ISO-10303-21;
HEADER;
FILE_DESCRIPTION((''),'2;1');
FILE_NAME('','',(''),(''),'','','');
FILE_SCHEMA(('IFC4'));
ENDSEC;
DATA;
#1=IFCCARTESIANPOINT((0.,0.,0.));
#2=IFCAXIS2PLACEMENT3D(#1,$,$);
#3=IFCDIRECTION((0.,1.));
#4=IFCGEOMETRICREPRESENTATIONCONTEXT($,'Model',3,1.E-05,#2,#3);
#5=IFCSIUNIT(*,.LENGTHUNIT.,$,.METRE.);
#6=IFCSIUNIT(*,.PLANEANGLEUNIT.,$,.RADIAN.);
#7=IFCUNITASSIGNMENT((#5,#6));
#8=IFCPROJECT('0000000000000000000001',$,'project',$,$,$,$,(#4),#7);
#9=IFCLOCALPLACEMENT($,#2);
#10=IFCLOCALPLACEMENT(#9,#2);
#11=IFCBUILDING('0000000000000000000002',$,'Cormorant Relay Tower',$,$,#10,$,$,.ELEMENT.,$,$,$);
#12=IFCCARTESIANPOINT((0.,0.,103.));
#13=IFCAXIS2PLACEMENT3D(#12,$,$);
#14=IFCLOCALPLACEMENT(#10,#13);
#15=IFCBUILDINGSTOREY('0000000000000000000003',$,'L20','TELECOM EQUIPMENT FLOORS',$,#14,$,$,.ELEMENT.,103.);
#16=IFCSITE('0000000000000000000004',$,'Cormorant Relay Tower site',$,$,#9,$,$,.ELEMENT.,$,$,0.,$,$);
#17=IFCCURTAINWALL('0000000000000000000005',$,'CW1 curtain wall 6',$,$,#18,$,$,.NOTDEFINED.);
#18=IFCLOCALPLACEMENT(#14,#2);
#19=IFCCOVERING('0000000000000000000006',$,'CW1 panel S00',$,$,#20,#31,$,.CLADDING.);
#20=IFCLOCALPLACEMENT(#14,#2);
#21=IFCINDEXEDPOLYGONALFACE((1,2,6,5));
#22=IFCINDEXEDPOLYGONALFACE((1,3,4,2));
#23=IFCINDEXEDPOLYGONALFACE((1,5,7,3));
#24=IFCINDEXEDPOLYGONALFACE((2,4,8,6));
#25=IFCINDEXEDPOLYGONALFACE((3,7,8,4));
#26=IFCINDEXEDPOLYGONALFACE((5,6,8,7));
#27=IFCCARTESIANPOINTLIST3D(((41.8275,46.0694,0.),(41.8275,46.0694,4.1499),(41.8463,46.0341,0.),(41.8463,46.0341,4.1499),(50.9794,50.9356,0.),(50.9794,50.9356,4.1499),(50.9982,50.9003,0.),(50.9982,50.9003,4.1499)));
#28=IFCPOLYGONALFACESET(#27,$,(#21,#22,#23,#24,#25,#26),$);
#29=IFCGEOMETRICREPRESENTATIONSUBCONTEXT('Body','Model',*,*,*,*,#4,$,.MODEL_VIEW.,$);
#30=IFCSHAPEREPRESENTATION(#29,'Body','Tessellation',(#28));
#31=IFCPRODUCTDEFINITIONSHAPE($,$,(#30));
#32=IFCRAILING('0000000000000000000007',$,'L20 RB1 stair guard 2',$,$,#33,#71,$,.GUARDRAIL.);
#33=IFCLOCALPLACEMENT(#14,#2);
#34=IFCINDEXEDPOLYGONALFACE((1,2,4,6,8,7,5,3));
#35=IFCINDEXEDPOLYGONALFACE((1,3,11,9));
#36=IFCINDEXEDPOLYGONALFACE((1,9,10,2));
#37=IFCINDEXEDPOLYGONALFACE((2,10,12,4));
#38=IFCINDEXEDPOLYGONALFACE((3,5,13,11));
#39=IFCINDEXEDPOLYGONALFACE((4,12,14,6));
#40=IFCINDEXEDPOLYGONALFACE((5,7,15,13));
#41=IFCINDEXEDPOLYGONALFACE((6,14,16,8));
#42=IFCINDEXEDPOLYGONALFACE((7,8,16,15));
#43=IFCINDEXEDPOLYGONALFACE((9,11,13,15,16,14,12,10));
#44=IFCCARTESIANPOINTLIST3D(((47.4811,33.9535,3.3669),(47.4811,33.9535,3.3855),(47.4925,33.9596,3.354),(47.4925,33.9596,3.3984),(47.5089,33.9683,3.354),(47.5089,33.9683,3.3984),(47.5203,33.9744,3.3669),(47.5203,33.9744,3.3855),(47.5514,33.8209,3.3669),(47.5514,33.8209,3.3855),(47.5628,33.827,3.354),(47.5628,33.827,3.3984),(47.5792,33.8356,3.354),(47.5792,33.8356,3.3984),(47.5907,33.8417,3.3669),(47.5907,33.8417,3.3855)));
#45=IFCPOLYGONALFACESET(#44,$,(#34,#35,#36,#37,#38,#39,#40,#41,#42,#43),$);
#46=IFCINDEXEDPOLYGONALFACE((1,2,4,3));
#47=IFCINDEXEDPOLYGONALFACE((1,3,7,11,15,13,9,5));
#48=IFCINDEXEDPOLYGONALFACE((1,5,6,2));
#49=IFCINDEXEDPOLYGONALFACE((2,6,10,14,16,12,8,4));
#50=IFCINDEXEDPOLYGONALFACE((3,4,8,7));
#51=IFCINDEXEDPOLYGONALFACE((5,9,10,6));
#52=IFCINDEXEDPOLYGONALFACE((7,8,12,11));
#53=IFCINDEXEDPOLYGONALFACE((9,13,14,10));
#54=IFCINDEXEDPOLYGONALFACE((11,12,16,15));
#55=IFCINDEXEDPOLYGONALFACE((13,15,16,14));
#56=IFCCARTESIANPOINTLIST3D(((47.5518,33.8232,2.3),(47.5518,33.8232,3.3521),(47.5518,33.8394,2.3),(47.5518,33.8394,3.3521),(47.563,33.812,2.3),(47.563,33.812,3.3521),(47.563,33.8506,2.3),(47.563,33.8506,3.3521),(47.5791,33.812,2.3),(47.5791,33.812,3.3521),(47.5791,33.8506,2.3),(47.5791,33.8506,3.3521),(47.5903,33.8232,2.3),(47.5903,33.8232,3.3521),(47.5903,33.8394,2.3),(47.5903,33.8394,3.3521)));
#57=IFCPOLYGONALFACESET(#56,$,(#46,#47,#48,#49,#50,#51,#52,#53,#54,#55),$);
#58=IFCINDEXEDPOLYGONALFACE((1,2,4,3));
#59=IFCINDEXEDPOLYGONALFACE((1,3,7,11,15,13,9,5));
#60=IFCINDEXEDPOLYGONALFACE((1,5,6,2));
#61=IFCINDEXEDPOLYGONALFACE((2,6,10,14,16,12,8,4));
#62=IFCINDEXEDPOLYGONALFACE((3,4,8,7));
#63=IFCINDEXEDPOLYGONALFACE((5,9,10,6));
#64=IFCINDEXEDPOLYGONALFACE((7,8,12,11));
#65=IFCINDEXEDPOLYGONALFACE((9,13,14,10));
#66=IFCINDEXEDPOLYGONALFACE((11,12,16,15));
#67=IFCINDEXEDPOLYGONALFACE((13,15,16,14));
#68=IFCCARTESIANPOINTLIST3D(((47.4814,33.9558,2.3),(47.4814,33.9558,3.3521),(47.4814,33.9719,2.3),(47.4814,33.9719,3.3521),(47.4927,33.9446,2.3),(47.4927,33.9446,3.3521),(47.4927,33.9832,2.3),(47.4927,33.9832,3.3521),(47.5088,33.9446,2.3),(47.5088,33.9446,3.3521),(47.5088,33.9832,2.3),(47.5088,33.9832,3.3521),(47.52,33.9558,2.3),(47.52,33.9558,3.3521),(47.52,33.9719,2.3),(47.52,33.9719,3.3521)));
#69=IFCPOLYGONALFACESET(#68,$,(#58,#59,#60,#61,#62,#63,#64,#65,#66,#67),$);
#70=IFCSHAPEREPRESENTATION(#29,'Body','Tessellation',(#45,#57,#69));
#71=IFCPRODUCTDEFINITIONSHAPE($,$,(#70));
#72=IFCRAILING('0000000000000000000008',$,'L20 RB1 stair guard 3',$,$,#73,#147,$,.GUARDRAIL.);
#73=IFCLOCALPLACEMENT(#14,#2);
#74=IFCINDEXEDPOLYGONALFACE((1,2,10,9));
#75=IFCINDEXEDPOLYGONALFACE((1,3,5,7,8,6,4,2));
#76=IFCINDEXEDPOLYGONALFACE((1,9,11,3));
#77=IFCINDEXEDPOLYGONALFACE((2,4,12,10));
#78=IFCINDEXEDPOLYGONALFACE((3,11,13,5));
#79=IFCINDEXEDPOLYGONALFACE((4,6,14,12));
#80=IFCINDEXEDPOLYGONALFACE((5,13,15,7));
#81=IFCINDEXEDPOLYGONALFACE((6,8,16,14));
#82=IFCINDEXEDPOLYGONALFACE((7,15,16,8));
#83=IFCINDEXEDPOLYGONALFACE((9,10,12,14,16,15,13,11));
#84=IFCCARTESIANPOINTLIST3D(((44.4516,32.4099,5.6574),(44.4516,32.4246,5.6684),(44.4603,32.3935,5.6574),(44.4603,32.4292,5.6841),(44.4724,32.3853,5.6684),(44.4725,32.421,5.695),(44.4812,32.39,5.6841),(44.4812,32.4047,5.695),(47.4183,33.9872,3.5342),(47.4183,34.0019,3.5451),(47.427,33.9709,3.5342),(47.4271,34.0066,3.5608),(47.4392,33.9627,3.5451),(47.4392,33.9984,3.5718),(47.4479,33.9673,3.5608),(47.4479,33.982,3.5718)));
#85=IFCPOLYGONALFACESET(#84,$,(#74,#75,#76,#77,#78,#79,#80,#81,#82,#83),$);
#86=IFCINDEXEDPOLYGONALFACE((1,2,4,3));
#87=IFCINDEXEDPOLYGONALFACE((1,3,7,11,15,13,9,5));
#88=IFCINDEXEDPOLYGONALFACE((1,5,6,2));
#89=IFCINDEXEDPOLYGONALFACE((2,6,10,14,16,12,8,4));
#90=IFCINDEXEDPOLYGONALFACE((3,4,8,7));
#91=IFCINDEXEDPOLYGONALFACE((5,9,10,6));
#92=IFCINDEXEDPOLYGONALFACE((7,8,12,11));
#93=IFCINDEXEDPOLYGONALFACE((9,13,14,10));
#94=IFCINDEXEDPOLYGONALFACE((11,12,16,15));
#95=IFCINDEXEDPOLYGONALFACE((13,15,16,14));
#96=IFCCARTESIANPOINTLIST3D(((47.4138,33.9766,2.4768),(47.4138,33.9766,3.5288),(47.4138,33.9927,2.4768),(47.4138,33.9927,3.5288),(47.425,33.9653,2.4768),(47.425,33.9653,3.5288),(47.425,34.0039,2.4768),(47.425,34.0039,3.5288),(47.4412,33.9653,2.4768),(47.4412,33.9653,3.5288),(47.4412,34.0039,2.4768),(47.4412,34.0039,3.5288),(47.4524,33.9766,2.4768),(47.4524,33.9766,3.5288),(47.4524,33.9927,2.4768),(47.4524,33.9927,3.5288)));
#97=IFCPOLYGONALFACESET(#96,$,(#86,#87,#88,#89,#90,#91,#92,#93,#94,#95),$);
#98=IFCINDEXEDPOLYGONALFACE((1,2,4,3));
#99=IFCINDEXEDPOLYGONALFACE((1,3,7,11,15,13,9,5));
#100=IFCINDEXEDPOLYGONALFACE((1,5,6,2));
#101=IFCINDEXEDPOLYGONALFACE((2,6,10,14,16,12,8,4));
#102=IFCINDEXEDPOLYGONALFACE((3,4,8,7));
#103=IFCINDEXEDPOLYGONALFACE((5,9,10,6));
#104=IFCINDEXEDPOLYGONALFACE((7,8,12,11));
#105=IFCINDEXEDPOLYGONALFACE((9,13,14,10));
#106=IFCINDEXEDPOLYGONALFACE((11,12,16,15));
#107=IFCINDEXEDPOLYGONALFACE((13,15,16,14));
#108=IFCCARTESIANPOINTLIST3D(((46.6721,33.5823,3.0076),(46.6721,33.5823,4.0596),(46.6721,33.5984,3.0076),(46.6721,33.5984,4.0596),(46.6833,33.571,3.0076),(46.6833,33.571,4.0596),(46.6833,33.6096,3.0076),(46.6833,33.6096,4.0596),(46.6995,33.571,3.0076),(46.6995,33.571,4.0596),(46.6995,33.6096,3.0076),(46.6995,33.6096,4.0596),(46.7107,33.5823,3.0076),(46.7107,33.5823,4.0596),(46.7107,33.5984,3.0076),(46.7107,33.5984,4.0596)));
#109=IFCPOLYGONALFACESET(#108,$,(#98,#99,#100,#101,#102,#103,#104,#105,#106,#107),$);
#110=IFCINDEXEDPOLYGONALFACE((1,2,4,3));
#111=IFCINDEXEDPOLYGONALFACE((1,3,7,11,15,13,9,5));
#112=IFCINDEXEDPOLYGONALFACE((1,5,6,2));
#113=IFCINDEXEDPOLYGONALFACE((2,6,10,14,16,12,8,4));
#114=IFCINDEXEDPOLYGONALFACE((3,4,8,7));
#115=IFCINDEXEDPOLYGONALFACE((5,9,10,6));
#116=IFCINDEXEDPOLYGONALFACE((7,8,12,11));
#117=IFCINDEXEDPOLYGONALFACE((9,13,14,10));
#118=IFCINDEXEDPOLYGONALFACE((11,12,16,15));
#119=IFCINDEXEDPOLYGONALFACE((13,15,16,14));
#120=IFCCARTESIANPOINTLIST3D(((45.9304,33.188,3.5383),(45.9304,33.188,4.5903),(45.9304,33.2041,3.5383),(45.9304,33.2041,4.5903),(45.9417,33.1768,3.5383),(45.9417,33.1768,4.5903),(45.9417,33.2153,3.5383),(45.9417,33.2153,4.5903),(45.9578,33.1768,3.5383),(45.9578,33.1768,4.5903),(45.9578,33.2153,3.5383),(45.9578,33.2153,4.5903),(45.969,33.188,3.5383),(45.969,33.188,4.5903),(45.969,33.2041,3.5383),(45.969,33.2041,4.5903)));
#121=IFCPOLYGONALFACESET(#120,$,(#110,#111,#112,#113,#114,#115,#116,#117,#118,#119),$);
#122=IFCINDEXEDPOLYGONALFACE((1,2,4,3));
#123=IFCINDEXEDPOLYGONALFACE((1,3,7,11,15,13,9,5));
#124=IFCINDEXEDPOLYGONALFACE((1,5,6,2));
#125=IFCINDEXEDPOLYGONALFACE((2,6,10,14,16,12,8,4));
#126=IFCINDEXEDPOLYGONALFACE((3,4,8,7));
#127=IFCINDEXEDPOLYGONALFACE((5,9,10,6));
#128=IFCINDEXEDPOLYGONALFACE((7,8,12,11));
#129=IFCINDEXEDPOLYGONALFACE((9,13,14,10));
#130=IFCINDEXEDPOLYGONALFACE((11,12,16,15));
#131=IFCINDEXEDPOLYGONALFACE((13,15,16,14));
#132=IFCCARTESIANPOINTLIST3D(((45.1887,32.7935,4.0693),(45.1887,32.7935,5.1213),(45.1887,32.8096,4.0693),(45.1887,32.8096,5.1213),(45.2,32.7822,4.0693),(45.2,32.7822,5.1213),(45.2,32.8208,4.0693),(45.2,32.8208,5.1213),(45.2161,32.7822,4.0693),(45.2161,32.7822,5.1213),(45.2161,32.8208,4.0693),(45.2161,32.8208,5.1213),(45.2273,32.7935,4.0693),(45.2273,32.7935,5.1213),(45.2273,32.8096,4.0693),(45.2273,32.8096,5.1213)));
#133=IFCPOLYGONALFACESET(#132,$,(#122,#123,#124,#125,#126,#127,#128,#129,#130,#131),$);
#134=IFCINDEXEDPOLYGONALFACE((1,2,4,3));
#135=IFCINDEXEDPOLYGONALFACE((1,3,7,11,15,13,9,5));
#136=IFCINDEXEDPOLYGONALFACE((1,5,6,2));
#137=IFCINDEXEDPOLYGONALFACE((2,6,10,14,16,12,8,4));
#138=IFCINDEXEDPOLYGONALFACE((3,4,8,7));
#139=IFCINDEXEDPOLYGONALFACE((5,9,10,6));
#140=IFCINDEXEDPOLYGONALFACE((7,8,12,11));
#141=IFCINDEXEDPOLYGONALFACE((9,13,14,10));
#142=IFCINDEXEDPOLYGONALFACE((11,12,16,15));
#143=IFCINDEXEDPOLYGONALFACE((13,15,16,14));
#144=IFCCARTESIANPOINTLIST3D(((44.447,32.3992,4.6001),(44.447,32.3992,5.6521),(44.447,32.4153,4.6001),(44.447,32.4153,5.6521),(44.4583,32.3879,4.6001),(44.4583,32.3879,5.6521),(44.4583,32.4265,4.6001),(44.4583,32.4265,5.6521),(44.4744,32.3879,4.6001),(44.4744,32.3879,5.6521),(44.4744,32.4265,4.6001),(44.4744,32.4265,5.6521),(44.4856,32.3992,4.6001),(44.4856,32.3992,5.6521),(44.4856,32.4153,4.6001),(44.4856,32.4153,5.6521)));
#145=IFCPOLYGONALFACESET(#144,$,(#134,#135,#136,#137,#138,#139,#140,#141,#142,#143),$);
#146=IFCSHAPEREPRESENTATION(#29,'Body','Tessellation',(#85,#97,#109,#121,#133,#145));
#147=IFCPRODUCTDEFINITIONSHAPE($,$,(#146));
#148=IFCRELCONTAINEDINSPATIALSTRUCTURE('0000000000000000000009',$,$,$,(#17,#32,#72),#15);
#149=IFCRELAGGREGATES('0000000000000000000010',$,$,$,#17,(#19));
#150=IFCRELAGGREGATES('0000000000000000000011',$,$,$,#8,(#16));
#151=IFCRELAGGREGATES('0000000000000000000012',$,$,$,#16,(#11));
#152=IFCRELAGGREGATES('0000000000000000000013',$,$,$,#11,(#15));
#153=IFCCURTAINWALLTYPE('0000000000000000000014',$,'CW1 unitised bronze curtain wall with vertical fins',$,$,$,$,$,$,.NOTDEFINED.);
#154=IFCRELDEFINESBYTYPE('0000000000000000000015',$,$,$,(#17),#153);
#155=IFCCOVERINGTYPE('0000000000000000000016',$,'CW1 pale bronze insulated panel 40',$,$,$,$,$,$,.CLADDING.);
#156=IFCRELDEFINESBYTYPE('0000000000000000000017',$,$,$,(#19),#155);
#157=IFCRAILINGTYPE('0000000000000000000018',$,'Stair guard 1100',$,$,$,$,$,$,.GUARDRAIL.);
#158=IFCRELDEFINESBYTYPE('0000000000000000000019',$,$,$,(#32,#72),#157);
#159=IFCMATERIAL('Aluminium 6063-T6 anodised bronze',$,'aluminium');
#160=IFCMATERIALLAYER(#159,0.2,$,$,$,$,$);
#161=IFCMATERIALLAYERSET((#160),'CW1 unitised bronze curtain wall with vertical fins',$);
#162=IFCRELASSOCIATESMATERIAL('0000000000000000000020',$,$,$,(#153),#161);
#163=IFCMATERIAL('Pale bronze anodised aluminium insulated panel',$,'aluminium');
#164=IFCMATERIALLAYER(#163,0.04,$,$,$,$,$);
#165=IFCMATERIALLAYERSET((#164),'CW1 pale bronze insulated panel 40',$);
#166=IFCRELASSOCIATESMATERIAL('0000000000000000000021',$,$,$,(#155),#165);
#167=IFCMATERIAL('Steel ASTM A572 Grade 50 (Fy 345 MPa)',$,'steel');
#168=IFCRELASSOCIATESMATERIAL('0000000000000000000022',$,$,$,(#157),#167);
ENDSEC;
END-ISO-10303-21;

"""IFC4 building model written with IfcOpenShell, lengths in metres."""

from ifc_helpers import new_model, si_unit, direction, frame, origin, origin_2d, place, context, subcontext, project, spatial, polyline, rectangle, outline, extrude, material, layer, layer_set, type_object, element, aggregate, save


model = new_model("IFC4")

# Units and contexts
model_context = context("Model", 3, precision=1e-05, world=origin(), true_north=direction((0.0, 1.0)))
body_context = subcontext(model_context, "Body", "Model", "MODEL_VIEW")
ifc_project = project(units=[si_unit("LENGTHUNIT", "METRE"), si_unit("PLANEANGLEUNIT", "RADIAN")], contexts=[model_context])

# Site, building, storey
site_placement = place(None, origin())
site = spatial("IfcSite", under=ifc_project, at=site_placement, Name="Cormorant Relay Tower site", CompositionType="ELEMENT", RefElevation=0.0)
building_placement = place(site_placement, origin())
building = spatial("IfcBuilding", under=site, at=building_placement, Name="Cormorant Relay Tower", CompositionType="ELEMENT")
storey_placement = place(building_placement, frame((0.0, 0.0, 103.0)))
storey = spatial("IfcBuildingStorey", under=building, at=storey_placement, Name="L20", Description="TELECOM EQUIPMENT FLOORS", CompositionType="ELEMENT", Elevation=103.0)

# Shared definitions
ifc_material_1 = material(Name="Aluminium 6063-T6 anodised bronze", Category="aluminium")
ifc_layer_1 = layer(ifc_material_1, 0.2)
ifc_layer_set_1 = layer_set([ifc_layer_1], Name="CW1 unitised bronze curtain wall with vertical fins")
curtain_wall_type = type_object("IfcCurtainWallType", Name="CW1 unitised bronze curtain wall with vertical fins", PredefinedType="NOTDEFINED", material=ifc_layer_set_1)

# Curtain wall
curtain_wall_1_placement = place(storey_placement, origin())
curtain_wall_1 = element("IfcCurtainWall", 1, at=curtain_wall_1_placement, inside=storey, type_object=curtain_wall_type, Name="CW1 curtain wall 6", PredefinedType="NOTDEFINED")

# Covering
ifc_material_2 = material(Name="Pale bronze anodised aluminium insulated panel", Category="aluminium")
ifc_layer_2 = layer(ifc_material_2, 0.04)
ifc_layer_set_2 = layer_set([ifc_layer_2], Name="CW1 pale bronze insulated panel 40")
covering_type = type_object("IfcCoveringType", Name="CW1 pale bronze insulated panel 40", PredefinedType="CLADDING", material=ifc_layer_set_2)
covering_1_placement = place(storey_placement, frame((46.4128, 48.4849, 0.0), z_axis=(0.0, 0.0, 1.0), x_axis=(-0.882948, -0.469472, 0.0)))
covering_1 = element("IfcCovering", 2, at=covering_1_placement, type_object=covering_type, Name="CW1 panel S00", PredefinedType="CLADDING", context=body_context, shape_type="SweptSolid", body=[
    extrude(rectangle(XDim=10.3652, YDim=0.04, at=origin_2d()), origin(), (0.0, 0.0, 1.0), 4.1499),
])
aggregate(curtain_wall_1, [covering_1])

# Railings
ifc_material_3 = material(Name="Steel ASTM A572 Grade 50 (Fy 345 MPa)", Category="steel")
railing_type_1 = type_object("IfcRailingType", Name="Stair guard 1100", PredefinedType="GUARDRAIL", material=ifc_material_3)
railing_1_placement = place(storey_placement, frame((47.571, 33.8313, 2.3)))
element("IfcRailing", 3, at=railing_1_placement, inside=storey, type_object=railing_type_1, Name="L20 RB1 stair guard 2", PredefinedType="GUARDRAIL", context=body_context, shape_type="SweptSolid", body=[
    extrude(outline(polyline([(0.0222, 0.0093), (0.0093, 0.0222), (-0.0093, 0.0222), (-0.0222, 0.0093), (-0.0222, -0.0093), (-0.0093, -0.0222), (0.0093, -0.0222), (0.0222, -0.0093), (0.0222, 0.0093)])), frame((0.0, 0.0, 1.0762), z_axis=(-0.46856, 0.883431, 0.0), x_axis=(-0.883431, -0.46856, 0.0)), (0.0, 0.0, 1.0), 0.1501),
    extrude(outline(polyline([(0.0193, 0.0081), (0.0081, 0.0193), (-0.0081, 0.0193), (-0.0193, 0.0081), (-0.0193, -0.0081), (-0.0081, -0.0193), (0.0081, -0.0193), (0.0193, -0.0081), (0.0193, 0.0081)])), origin(), (0.0, 0.0, 1.0), 1.052),
    extrude(outline(polyline([(0.0193, 0.0081), (0.0081, 0.0193), (-0.0081, 0.0193), (-0.0193, 0.0081), (-0.0193, -0.0081), (-0.0081, -0.0193), (0.0081, -0.0193), (0.0193, -0.0081), (0.0193, 0.0081)])), frame((-0.0703, 0.1326, 0.0)), (0.0, 0.0, 1.0), 1.052),
])
railing_2_placement = place(storey_placement, frame((47.4331, 33.9846, 2.4768)))
element("IfcRailing", 4, at=railing_2_placement, inside=storey, type_object=railing_type_1, Name="L20 RB1 stair guard 3", PredefinedType="GUARDRAIL", context=body_context, shape_type="SweptSolid", body=[
    extrude(outline(polyline([(0.0222, 0.0093), (0.0093, 0.0222), (-0.0093, 0.0222), (-0.0222, 0.0093), (-0.0222, -0.0093), (-0.0093, -0.0222), (0.0093, -0.0222), (0.0222, -0.0093), (0.0222, 0.0093)])), frame((0.0, 0.0, 1.0762), z_axis=(-0.746416, -0.396856, 0.534199), x_axis=(0.469453, -0.882958, 0.0)), (0.0, 0.0, 1.0), 3.9746),
    extrude(outline(polyline([(0.0193, 0.0081), (0.0081, 0.0193), (-0.0081, 0.0193), (-0.0193, 0.0081), (-0.0193, -0.0081), (-0.0081, -0.0193), (0.0081, -0.0193), (0.0193, -0.0081), (0.0193, 0.0081)])), origin(), (0.0, 0.0, 1.0), 1.052),
    extrude(outline(polyline([(0.0193, 0.0081), (0.0081, 0.0193), (-0.0081, 0.0193), (-0.0193, 0.0081), (-0.0193, -0.0081), (-0.0081, -0.0193), (0.0081, -0.0193), (0.0193, -0.0081), (0.0193, 0.0081)])), frame((-0.7417, -0.3943, 0.5308)), (0.0, 0.0, 1.0), 1.052),
    extrude(outline(polyline([(0.0193, 0.0081), (0.0081, 0.0193), (-0.0081, 0.0193), (-0.0193, 0.0081), (-0.0193, -0.0081), (-0.0081, -0.0193), (0.0081, -0.0193), (0.0193, -0.0081), (0.0193, 0.0081)])), frame((-1.4834, -0.7886, 1.0615)), (0.0, 0.0, 1.0), 1.052),
    extrude(outline(polyline([(0.0193, 0.0081), (0.0081, 0.0193), (-0.0081, 0.0193), (-0.0193, 0.0081), (-0.0193, -0.0081), (-0.0081, -0.0193), (0.0081, -0.0193), (0.0193, -0.0081), (0.0193, 0.0081)])), frame((-2.2251, -1.1831, 1.5925)), (0.0, 0.0, 1.0), 1.052),
    extrude(outline(polyline([(0.0193, 0.0081), (0.0081, 0.0193), (-0.0081, 0.0193), (-0.0193, 0.0081), (-0.0193, -0.0081), (-0.0081, -0.0193), (0.0081, -0.0193), (0.0193, -0.0081), (0.0193, 0.0081)])), frame((-2.9668, -1.5774, 2.1233)), (0.0, 0.0, 1.0), 1.052),
])

save(model, "model.ifc")
